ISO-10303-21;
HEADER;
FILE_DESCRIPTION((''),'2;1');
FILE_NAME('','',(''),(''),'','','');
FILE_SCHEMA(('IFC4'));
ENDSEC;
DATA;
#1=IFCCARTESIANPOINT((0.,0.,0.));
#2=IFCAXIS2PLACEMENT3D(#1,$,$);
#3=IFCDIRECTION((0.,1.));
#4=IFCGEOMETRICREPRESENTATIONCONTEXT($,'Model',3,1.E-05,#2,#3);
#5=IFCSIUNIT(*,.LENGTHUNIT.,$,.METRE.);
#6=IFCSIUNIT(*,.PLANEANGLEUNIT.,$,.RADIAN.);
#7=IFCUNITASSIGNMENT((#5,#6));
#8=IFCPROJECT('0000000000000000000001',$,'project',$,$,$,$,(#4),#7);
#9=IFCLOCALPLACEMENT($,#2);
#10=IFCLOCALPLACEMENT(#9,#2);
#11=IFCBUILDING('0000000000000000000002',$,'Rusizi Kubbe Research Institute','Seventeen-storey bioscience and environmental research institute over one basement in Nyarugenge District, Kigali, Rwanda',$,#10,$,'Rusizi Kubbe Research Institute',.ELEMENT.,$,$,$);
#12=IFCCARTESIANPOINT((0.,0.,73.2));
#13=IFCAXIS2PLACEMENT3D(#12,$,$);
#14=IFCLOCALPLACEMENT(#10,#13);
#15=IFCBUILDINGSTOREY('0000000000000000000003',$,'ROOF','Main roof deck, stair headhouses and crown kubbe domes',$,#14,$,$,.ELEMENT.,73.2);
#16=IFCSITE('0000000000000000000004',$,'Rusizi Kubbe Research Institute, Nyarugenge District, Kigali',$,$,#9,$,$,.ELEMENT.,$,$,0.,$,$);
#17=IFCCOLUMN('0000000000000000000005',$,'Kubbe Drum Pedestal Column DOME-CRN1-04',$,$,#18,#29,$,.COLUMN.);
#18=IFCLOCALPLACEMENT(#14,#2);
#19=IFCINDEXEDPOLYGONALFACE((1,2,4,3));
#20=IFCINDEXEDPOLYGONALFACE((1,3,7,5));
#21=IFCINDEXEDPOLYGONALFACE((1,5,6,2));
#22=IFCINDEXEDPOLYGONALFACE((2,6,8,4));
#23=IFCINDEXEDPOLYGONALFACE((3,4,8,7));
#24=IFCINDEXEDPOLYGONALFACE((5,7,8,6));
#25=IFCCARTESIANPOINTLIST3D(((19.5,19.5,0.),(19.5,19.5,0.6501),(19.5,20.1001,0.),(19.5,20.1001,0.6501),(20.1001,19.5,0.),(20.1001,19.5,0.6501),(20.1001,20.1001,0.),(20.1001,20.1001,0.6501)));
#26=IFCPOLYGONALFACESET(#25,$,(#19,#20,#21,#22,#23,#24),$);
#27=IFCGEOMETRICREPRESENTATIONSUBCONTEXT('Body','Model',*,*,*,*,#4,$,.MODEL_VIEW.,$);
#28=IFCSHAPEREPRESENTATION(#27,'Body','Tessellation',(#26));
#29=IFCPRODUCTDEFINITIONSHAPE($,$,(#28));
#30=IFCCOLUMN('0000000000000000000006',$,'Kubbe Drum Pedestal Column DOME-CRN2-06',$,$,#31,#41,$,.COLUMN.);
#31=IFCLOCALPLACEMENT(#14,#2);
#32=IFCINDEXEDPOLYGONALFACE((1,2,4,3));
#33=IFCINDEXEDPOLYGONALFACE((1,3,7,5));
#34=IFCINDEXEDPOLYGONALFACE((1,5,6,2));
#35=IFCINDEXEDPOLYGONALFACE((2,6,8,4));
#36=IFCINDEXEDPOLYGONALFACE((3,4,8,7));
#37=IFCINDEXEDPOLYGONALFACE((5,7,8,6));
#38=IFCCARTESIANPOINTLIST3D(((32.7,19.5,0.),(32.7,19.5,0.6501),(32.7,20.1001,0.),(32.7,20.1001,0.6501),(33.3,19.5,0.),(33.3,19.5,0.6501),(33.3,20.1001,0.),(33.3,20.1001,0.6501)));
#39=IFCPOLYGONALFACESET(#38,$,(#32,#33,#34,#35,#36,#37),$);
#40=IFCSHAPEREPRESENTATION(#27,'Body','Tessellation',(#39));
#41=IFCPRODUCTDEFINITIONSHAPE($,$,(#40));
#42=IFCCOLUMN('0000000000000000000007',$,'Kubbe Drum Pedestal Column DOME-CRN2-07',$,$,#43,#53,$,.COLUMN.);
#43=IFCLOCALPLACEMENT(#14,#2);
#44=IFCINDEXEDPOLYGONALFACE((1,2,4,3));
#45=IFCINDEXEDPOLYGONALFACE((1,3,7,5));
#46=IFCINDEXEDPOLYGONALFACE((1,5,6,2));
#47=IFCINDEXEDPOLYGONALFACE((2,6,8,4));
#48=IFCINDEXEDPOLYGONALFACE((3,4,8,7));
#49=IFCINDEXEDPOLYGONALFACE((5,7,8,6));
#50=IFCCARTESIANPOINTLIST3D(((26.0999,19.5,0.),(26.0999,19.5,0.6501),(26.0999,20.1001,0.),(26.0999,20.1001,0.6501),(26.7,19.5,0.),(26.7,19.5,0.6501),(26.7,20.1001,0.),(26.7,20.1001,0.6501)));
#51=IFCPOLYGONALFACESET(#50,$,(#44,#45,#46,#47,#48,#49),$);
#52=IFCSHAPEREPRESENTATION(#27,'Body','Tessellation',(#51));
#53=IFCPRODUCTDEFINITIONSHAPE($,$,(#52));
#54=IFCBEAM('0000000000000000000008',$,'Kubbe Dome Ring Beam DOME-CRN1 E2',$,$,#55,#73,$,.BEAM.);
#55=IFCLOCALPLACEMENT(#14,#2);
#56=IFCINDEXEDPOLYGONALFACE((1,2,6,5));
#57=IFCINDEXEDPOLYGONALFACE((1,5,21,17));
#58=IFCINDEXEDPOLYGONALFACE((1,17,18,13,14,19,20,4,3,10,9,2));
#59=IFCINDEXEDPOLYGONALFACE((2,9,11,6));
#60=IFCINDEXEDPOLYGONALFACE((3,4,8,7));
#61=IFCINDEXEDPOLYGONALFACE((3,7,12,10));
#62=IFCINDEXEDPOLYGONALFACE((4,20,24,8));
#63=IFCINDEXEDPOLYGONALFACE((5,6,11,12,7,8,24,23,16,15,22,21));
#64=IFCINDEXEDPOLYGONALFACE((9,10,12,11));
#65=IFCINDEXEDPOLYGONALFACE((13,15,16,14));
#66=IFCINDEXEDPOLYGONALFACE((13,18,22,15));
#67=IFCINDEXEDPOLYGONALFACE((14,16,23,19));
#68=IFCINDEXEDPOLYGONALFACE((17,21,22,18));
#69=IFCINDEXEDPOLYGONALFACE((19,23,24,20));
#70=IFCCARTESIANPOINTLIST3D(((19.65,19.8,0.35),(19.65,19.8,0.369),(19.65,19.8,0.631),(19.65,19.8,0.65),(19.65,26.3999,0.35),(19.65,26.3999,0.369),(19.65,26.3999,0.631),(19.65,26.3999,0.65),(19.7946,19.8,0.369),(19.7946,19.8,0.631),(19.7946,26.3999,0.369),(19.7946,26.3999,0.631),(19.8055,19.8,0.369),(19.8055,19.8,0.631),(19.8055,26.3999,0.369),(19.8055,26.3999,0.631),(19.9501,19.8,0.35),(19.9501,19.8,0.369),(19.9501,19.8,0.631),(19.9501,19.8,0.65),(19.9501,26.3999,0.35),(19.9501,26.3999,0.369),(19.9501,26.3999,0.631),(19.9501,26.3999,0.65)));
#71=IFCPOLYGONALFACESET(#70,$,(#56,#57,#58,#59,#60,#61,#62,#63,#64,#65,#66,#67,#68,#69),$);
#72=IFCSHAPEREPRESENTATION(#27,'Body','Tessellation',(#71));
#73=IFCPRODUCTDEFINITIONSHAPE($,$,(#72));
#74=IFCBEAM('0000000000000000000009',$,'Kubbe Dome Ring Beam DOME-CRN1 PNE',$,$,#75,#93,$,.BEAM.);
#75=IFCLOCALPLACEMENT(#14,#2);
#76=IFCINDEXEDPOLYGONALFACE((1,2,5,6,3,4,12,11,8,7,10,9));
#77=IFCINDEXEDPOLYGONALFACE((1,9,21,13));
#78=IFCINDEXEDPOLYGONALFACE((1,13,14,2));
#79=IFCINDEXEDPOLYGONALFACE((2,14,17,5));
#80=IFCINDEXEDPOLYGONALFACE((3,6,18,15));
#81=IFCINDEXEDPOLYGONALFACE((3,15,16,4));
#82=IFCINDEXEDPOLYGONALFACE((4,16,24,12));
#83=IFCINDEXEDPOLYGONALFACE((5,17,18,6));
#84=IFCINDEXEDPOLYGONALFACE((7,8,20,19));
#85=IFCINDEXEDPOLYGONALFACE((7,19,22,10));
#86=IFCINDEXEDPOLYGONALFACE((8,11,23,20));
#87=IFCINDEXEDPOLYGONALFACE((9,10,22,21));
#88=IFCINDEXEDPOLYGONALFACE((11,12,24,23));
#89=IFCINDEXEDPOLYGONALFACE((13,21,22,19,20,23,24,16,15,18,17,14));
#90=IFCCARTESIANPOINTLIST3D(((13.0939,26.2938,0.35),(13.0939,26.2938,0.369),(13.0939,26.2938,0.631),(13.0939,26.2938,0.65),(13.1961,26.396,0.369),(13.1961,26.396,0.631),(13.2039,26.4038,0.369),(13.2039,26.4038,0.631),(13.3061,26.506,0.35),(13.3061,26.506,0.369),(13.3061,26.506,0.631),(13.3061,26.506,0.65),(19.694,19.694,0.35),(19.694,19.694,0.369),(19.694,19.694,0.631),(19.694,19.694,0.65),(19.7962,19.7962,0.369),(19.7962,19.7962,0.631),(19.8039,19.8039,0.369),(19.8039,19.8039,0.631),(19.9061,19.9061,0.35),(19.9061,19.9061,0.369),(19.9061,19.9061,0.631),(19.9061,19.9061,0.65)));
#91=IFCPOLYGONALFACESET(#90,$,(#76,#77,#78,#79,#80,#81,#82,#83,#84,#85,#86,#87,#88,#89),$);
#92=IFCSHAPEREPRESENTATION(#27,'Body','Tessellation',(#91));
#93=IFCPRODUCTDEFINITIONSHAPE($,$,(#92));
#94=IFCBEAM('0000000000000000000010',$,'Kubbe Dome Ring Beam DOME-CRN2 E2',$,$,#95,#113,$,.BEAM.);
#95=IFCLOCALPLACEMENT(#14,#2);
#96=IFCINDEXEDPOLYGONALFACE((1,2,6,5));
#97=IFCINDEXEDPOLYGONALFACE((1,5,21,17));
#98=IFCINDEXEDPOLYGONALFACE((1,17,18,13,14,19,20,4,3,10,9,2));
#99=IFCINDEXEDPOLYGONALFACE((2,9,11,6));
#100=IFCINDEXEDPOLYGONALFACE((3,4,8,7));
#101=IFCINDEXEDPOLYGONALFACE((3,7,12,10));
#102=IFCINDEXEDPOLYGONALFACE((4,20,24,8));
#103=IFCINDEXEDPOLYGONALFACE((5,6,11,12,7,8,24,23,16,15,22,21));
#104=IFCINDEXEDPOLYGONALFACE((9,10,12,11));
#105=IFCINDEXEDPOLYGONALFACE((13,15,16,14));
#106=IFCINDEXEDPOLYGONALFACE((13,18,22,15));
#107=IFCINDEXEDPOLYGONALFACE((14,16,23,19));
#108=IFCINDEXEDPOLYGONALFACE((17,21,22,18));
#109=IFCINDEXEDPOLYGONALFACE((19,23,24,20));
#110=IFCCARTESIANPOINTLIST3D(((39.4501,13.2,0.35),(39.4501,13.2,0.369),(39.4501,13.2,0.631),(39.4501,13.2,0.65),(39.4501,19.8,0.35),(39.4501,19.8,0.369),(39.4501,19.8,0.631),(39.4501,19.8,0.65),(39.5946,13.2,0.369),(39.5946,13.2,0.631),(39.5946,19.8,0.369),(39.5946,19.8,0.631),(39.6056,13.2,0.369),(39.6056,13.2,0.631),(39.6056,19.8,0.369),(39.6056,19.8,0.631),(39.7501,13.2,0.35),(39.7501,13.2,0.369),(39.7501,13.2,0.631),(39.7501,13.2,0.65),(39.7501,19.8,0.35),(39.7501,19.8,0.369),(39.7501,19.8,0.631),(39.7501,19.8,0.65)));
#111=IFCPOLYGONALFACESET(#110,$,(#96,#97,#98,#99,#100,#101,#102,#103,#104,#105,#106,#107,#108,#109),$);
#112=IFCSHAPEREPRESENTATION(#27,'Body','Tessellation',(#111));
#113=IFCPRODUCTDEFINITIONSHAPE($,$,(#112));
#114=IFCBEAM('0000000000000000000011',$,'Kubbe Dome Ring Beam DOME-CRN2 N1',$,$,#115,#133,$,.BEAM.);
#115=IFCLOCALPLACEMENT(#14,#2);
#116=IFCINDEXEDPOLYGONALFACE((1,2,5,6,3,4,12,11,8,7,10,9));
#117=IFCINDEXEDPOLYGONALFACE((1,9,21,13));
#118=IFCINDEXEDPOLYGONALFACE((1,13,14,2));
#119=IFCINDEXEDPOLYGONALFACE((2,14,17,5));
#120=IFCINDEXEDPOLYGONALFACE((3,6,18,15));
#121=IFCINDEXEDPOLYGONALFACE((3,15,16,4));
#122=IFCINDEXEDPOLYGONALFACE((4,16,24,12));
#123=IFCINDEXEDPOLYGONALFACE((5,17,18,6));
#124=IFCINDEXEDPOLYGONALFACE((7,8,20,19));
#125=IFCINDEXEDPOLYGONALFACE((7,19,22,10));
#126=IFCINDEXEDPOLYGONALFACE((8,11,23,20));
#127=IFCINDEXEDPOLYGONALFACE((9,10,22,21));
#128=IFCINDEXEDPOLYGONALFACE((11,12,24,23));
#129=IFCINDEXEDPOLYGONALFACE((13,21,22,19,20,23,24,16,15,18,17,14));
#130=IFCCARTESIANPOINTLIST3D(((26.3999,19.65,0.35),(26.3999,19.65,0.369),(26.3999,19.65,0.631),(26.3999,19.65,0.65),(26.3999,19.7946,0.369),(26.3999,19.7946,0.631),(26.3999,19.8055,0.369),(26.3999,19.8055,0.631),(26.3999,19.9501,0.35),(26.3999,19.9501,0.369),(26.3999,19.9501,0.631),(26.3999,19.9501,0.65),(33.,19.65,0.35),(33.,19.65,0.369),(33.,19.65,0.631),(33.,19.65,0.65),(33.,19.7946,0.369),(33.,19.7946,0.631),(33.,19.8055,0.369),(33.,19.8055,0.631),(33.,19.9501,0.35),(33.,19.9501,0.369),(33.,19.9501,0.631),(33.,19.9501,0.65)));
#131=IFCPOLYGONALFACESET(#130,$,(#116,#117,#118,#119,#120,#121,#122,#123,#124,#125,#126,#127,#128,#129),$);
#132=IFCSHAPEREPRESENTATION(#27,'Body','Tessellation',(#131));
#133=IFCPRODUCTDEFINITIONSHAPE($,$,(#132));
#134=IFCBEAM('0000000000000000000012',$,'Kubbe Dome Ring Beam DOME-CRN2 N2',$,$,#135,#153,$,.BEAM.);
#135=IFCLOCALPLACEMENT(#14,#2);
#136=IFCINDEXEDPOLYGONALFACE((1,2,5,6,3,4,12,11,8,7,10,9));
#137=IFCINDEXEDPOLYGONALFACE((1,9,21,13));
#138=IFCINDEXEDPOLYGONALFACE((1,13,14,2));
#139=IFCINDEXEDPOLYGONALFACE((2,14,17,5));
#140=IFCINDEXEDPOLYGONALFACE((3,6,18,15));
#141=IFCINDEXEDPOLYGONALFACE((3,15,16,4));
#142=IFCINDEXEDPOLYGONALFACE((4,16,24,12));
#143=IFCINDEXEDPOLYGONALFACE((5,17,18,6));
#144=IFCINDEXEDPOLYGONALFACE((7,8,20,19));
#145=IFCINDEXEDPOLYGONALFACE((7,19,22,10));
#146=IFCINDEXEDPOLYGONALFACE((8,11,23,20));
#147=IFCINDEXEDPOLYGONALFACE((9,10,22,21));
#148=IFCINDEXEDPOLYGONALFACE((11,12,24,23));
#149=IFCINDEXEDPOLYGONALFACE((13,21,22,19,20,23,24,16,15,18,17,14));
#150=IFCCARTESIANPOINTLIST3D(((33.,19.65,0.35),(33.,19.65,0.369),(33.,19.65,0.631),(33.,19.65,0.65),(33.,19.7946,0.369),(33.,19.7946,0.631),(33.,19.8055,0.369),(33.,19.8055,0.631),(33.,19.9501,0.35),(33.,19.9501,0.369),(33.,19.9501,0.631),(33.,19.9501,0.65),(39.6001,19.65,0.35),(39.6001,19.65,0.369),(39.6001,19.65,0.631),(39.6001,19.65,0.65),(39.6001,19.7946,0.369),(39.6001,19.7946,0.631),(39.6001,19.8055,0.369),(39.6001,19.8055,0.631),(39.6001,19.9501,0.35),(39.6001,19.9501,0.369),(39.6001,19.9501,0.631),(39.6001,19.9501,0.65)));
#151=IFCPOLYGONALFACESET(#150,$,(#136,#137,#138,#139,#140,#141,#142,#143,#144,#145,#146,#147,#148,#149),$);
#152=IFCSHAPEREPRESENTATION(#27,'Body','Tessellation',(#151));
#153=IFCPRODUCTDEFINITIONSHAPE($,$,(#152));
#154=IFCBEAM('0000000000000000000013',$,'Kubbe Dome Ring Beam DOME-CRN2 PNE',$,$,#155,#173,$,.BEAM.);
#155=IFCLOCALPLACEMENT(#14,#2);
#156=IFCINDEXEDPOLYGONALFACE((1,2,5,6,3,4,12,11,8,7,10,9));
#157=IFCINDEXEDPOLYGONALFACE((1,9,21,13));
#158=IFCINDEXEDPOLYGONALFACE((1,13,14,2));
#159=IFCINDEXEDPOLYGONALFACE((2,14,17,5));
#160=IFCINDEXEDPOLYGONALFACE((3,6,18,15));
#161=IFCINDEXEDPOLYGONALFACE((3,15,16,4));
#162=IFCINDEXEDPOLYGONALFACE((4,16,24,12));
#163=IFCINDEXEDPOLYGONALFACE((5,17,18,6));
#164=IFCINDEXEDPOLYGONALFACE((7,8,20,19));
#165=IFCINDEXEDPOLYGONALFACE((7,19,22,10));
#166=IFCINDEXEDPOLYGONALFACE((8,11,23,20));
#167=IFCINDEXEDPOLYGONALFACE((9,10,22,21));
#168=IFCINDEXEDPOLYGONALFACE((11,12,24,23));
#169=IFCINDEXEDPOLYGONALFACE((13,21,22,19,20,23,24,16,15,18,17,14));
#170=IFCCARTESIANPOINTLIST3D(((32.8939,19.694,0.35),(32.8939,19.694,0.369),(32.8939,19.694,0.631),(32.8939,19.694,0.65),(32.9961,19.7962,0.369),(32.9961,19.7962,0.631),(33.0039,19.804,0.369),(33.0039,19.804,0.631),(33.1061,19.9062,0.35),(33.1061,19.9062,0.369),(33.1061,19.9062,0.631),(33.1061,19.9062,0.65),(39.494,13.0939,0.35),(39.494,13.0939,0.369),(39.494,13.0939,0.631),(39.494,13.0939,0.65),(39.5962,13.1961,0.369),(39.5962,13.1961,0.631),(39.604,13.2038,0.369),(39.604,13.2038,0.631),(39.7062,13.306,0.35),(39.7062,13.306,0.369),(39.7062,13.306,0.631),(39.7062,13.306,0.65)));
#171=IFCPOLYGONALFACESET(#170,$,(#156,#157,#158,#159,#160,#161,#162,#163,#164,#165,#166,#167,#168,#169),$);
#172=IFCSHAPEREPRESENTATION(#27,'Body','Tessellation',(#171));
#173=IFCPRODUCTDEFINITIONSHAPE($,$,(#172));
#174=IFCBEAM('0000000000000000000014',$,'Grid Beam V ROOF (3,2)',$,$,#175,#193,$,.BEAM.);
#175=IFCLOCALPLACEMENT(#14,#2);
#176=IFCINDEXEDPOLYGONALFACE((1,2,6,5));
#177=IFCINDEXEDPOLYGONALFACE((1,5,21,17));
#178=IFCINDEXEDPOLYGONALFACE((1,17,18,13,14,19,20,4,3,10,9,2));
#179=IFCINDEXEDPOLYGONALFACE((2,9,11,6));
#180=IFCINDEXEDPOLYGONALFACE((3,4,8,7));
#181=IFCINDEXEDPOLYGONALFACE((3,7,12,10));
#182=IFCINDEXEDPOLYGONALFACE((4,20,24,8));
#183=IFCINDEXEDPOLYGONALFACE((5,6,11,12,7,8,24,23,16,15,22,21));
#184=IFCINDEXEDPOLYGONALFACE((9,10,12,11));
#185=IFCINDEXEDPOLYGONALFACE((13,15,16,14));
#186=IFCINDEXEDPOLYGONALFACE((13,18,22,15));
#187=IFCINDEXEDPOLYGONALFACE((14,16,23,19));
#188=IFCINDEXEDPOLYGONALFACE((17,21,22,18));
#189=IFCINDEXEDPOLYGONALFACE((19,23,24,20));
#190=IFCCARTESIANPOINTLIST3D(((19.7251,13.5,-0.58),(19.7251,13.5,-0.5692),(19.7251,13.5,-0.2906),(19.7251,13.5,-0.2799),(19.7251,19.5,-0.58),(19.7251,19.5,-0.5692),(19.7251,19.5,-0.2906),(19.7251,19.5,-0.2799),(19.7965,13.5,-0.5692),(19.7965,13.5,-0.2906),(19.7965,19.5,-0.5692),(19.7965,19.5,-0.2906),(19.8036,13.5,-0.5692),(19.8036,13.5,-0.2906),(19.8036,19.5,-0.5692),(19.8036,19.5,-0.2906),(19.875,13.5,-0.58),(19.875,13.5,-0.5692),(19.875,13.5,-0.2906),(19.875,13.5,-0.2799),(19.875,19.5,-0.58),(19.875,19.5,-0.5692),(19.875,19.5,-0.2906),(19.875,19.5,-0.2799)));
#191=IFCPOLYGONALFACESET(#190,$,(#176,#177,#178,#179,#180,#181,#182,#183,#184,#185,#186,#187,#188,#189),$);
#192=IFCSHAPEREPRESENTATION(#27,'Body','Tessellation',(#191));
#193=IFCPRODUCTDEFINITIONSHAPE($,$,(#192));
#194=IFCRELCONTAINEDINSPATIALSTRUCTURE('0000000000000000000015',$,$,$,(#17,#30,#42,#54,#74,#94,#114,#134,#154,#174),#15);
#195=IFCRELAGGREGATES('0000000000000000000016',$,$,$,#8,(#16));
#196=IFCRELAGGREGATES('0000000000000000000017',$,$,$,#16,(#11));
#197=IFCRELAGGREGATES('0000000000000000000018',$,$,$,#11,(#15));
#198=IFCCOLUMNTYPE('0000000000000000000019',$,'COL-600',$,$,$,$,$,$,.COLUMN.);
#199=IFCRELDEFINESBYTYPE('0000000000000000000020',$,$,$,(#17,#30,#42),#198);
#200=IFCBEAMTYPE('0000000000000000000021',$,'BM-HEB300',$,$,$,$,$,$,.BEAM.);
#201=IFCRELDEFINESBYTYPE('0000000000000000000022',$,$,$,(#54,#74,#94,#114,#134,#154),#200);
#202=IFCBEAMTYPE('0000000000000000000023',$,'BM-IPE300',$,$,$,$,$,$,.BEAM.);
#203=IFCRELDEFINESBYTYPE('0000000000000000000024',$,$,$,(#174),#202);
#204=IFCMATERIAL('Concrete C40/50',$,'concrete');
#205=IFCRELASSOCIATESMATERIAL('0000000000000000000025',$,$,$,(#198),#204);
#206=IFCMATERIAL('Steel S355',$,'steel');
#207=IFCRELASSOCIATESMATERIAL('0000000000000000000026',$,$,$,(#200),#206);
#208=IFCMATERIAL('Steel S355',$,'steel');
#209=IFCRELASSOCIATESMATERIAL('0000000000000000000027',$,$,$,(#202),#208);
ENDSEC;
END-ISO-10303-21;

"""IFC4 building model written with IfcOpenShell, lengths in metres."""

from ifc_helpers import new_model, si_unit, direction, frame, origin, origin_2d, place, context, subcontext, project, spatial, rectangle, i_section, extrude, material, material_profile, profile_set, type_object, element, save


model = new_model("IFC4")

# Units and contexts
model_context = context("Model", 3, precision=1e-05, world=origin(), true_north=direction((0.0, 1.0)))
body_context = subcontext(model_context, "Body", "Model", "MODEL_VIEW")
ifc_project = project(units=[si_unit("LENGTHUNIT", "METRE"), si_unit("PLANEANGLEUNIT", "RADIAN")], contexts=[model_context])

# Site, building, storey
site_placement = place(None, origin())
site = spatial("IfcSite", under=ifc_project, at=site_placement, Name="Rusizi Kubbe Research Institute, Nyarugenge District, Kigali", CompositionType="ELEMENT", RefElevation=0.0)
building_placement = place(site_placement, origin())
building = spatial("IfcBuilding", under=site, at=building_placement, Name="Rusizi Kubbe Research Institute", Description="Seventeen-storey bioscience and environmental research institute over one basement in Nyarugenge District, Kigali, Rwanda", LongName="Rusizi Kubbe Research Institute", CompositionType="ELEMENT")
storey_placement = place(building_placement, frame((0.0, 0.0, 73.2)))
storey = spatial("IfcBuildingStorey", under=building, at=storey_placement, Name="ROOF", Description="Main roof deck, stair headhouses and crown kubbe domes", CompositionType="ELEMENT", Elevation=73.2)

# Columns
ifc_material_1 = material(Name="Concrete C40/50", Category="concrete")
ifc_material_profile_1 = material_profile(ifc_material_1, rectangle(XDim=0.6001, YDim=0.6001, at=origin_2d()), Name="RC600x600")
ifc_profile_set_1 = profile_set([ifc_material_profile_1], Name="Concrete C40/50")
column_type = type_object("IfcColumnType", Name="COL-600", PredefinedType="COLUMN", material=ifc_profile_set_1)
for number, where, z_axis, x_axis, name in (
    (1, (19.8, 19.8, 0.0), (0.0, 0.0, 1.0), (1.0, 0.0, 0.0), "Kubbe Drum Pedestal Column DOME-CRN1-04"),
    (2, (33.0, 19.8, 0.0), (0.0, 0.0, 1.0), (1.0, 0.0, 0.0), "Kubbe Drum Pedestal Column DOME-CRN2-06"),
    (3, (26.3999, 19.8, 0.0), (0.0, 0.0, 1.0), (1.0, 0.0, 0.0), "Kubbe Drum Pedestal Column DOME-CRN2-07"),
):
    element("IfcColumn", number, at=place(storey_placement, frame(where, z_axis=z_axis, x_axis=x_axis)), inside=storey, type_object=column_type, Name=name, PredefinedType="COLUMN", context=body_context, shape_type="SweptSolid", body=[
        extrude(rectangle(XDim=0.6001, YDim=0.6001, at=origin_2d()), origin(), (0.0, 0.0, 1.0), 0.6501),
    ])

# Beams
ifc_material_2 = material(Name="Steel S355", Category="steel")
ifc_material_profile_2 = material_profile(ifc_material_2, i_section(OverallWidth=0.3, OverallDepth=0.3, WebThickness=0.011, FlangeThickness=0.019, at=origin_2d()), Name="HEB 300")
ifc_profile_set_2 = profile_set([ifc_material_profile_2], Name="Steel S355")
beam_type_1 = type_object("IfcBeamType", Name="BM-HEB300", PredefinedType="BEAM", material=ifc_profile_set_2)
beam_1_placement = place(storey_placement, frame((19.8, 19.8, 0.5), z_axis=(0.0, 1.0, 0.0), x_axis=(-1.0, 0.0, 0.0)))
element("IfcBeam", 4, at=beam_1_placement, inside=storey, type_object=beam_type_1, Name="Kubbe Dome Ring Beam DOME-CRN1 E2", PredefinedType="BEAM", context=body_context, shape_type="SweptSolid", body=[
    extrude(i_section(OverallWidth=0.3, OverallDepth=0.3, WebThickness=0.011, FlangeThickness=0.019, at=origin_2d()), origin(), (0.0, 0.0, 1.0), 6.5999),
])
beam_2_placement = place(storey_placement, frame((19.8, 19.8, 0.5), z_axis=(-0.70712, 0.707094, 0.0), x_axis=(-0.707094, -0.70712, 0.0)))
element("IfcBeam", 5, at=beam_2_placement, inside=storey, type_object=beam_type_1, Name="Kubbe Dome Ring Beam DOME-CRN1 PNE", PredefinedType="BEAM", context=body_context, shape_type="SweptSolid", body=[
    extrude(i_section(OverallWidth=0.3, OverallDepth=0.3, WebThickness=0.011, FlangeThickness=0.019, at=origin_2d()), origin(), (0.0, 0.0, 1.0), 9.3337),
])
for number, where, z_axis, x_axis, name in (
    (6, (39.6001, 13.2, 0.5), (0.0, 1.0, 0.0), (-1.0, 0.0, 0.0), "Kubbe Dome Ring Beam DOME-CRN2 E2"),
    (7, (26.3999, 19.8, 0.5), (1.0, 0.0, 0.0), (0.0, 1.0, 0.0), "Kubbe Dome Ring Beam DOME-CRN2 N1"),
    (8, (33.0, 19.8, 0.5), (1.0, 0.0, 0.0), (0.0, 1.0, 0.0), "Kubbe Dome Ring Beam DOME-CRN2 N2"),
):
    element("IfcBeam", number, at=place(storey_placement, frame(where, z_axis=z_axis, x_axis=x_axis)), inside=storey, type_object=beam_type_1, Name=name, PredefinedType="BEAM", context=body_context, shape_type="SweptSolid", body=[
        extrude(i_section(OverallWidth=0.3, OverallDepth=0.3, WebThickness=0.011, FlangeThickness=0.019, at=origin_2d()), origin(), (0.0, 0.0, 1.0), 6.6001),
    ])
beam_3_placement = place(storey_placement, frame((39.6001, 13.2, 0.5), z_axis=(-0.707107, 0.707107, 0.0), x_axis=(-0.707107, -0.707107, 0.0)))
element("IfcBeam", 9, at=beam_3_placement, inside=storey, type_object=beam_type_1, Name="Kubbe Dome Ring Beam DOME-CRN2 PNE", PredefinedType="BEAM", context=body_context, shape_type="SweptSolid", body=[
    extrude(i_section(OverallWidth=0.3, OverallDepth=0.3, WebThickness=0.011, FlangeThickness=0.019, at=origin_2d()), origin(), (0.0, 0.0, 1.0), 9.334),
])
ifc_material_3 = material(Name="Steel S355", Category="steel")
ifc_material_profile_3 = material_profile(ifc_material_3, i_section(OverallWidth=0.1499, OverallDepth=0.3, WebThickness=0.0071, FlangeThickness=0.0107, at=origin_2d()), Name="IPE 300")
ifc_profile_set_3 = profile_set([ifc_material_profile_3], Name="Steel S355")
beam_type_2 = type_object("IfcBeamType", Name="BM-IPE300", PredefinedType="BEAM", material=ifc_profile_set_3)
for number, where, z_axis, x_axis, name in (
    (10, (19.8, 13.5, -0.4299), (0.0, 1.0, 0.0), (-1.0, 0.0, 0.0), "Grid Beam V ROOF (3,2)"),
):
    element("IfcBeam", number, at=place(storey_placement, frame(where, z_axis=z_axis, x_axis=x_axis)), inside=storey, type_object=beam_type_2, Name=name, PredefinedType="BEAM", context=body_context, shape_type="SweptSolid", body=[
        extrude(i_section(OverallWidth=0.1499, OverallDepth=0.3, WebThickness=0.0071, FlangeThickness=0.0107, at=origin_2d()), origin(), (0.0, 0.0, 1.0), 6.0),
    ])

save(model, "model.ifc")
